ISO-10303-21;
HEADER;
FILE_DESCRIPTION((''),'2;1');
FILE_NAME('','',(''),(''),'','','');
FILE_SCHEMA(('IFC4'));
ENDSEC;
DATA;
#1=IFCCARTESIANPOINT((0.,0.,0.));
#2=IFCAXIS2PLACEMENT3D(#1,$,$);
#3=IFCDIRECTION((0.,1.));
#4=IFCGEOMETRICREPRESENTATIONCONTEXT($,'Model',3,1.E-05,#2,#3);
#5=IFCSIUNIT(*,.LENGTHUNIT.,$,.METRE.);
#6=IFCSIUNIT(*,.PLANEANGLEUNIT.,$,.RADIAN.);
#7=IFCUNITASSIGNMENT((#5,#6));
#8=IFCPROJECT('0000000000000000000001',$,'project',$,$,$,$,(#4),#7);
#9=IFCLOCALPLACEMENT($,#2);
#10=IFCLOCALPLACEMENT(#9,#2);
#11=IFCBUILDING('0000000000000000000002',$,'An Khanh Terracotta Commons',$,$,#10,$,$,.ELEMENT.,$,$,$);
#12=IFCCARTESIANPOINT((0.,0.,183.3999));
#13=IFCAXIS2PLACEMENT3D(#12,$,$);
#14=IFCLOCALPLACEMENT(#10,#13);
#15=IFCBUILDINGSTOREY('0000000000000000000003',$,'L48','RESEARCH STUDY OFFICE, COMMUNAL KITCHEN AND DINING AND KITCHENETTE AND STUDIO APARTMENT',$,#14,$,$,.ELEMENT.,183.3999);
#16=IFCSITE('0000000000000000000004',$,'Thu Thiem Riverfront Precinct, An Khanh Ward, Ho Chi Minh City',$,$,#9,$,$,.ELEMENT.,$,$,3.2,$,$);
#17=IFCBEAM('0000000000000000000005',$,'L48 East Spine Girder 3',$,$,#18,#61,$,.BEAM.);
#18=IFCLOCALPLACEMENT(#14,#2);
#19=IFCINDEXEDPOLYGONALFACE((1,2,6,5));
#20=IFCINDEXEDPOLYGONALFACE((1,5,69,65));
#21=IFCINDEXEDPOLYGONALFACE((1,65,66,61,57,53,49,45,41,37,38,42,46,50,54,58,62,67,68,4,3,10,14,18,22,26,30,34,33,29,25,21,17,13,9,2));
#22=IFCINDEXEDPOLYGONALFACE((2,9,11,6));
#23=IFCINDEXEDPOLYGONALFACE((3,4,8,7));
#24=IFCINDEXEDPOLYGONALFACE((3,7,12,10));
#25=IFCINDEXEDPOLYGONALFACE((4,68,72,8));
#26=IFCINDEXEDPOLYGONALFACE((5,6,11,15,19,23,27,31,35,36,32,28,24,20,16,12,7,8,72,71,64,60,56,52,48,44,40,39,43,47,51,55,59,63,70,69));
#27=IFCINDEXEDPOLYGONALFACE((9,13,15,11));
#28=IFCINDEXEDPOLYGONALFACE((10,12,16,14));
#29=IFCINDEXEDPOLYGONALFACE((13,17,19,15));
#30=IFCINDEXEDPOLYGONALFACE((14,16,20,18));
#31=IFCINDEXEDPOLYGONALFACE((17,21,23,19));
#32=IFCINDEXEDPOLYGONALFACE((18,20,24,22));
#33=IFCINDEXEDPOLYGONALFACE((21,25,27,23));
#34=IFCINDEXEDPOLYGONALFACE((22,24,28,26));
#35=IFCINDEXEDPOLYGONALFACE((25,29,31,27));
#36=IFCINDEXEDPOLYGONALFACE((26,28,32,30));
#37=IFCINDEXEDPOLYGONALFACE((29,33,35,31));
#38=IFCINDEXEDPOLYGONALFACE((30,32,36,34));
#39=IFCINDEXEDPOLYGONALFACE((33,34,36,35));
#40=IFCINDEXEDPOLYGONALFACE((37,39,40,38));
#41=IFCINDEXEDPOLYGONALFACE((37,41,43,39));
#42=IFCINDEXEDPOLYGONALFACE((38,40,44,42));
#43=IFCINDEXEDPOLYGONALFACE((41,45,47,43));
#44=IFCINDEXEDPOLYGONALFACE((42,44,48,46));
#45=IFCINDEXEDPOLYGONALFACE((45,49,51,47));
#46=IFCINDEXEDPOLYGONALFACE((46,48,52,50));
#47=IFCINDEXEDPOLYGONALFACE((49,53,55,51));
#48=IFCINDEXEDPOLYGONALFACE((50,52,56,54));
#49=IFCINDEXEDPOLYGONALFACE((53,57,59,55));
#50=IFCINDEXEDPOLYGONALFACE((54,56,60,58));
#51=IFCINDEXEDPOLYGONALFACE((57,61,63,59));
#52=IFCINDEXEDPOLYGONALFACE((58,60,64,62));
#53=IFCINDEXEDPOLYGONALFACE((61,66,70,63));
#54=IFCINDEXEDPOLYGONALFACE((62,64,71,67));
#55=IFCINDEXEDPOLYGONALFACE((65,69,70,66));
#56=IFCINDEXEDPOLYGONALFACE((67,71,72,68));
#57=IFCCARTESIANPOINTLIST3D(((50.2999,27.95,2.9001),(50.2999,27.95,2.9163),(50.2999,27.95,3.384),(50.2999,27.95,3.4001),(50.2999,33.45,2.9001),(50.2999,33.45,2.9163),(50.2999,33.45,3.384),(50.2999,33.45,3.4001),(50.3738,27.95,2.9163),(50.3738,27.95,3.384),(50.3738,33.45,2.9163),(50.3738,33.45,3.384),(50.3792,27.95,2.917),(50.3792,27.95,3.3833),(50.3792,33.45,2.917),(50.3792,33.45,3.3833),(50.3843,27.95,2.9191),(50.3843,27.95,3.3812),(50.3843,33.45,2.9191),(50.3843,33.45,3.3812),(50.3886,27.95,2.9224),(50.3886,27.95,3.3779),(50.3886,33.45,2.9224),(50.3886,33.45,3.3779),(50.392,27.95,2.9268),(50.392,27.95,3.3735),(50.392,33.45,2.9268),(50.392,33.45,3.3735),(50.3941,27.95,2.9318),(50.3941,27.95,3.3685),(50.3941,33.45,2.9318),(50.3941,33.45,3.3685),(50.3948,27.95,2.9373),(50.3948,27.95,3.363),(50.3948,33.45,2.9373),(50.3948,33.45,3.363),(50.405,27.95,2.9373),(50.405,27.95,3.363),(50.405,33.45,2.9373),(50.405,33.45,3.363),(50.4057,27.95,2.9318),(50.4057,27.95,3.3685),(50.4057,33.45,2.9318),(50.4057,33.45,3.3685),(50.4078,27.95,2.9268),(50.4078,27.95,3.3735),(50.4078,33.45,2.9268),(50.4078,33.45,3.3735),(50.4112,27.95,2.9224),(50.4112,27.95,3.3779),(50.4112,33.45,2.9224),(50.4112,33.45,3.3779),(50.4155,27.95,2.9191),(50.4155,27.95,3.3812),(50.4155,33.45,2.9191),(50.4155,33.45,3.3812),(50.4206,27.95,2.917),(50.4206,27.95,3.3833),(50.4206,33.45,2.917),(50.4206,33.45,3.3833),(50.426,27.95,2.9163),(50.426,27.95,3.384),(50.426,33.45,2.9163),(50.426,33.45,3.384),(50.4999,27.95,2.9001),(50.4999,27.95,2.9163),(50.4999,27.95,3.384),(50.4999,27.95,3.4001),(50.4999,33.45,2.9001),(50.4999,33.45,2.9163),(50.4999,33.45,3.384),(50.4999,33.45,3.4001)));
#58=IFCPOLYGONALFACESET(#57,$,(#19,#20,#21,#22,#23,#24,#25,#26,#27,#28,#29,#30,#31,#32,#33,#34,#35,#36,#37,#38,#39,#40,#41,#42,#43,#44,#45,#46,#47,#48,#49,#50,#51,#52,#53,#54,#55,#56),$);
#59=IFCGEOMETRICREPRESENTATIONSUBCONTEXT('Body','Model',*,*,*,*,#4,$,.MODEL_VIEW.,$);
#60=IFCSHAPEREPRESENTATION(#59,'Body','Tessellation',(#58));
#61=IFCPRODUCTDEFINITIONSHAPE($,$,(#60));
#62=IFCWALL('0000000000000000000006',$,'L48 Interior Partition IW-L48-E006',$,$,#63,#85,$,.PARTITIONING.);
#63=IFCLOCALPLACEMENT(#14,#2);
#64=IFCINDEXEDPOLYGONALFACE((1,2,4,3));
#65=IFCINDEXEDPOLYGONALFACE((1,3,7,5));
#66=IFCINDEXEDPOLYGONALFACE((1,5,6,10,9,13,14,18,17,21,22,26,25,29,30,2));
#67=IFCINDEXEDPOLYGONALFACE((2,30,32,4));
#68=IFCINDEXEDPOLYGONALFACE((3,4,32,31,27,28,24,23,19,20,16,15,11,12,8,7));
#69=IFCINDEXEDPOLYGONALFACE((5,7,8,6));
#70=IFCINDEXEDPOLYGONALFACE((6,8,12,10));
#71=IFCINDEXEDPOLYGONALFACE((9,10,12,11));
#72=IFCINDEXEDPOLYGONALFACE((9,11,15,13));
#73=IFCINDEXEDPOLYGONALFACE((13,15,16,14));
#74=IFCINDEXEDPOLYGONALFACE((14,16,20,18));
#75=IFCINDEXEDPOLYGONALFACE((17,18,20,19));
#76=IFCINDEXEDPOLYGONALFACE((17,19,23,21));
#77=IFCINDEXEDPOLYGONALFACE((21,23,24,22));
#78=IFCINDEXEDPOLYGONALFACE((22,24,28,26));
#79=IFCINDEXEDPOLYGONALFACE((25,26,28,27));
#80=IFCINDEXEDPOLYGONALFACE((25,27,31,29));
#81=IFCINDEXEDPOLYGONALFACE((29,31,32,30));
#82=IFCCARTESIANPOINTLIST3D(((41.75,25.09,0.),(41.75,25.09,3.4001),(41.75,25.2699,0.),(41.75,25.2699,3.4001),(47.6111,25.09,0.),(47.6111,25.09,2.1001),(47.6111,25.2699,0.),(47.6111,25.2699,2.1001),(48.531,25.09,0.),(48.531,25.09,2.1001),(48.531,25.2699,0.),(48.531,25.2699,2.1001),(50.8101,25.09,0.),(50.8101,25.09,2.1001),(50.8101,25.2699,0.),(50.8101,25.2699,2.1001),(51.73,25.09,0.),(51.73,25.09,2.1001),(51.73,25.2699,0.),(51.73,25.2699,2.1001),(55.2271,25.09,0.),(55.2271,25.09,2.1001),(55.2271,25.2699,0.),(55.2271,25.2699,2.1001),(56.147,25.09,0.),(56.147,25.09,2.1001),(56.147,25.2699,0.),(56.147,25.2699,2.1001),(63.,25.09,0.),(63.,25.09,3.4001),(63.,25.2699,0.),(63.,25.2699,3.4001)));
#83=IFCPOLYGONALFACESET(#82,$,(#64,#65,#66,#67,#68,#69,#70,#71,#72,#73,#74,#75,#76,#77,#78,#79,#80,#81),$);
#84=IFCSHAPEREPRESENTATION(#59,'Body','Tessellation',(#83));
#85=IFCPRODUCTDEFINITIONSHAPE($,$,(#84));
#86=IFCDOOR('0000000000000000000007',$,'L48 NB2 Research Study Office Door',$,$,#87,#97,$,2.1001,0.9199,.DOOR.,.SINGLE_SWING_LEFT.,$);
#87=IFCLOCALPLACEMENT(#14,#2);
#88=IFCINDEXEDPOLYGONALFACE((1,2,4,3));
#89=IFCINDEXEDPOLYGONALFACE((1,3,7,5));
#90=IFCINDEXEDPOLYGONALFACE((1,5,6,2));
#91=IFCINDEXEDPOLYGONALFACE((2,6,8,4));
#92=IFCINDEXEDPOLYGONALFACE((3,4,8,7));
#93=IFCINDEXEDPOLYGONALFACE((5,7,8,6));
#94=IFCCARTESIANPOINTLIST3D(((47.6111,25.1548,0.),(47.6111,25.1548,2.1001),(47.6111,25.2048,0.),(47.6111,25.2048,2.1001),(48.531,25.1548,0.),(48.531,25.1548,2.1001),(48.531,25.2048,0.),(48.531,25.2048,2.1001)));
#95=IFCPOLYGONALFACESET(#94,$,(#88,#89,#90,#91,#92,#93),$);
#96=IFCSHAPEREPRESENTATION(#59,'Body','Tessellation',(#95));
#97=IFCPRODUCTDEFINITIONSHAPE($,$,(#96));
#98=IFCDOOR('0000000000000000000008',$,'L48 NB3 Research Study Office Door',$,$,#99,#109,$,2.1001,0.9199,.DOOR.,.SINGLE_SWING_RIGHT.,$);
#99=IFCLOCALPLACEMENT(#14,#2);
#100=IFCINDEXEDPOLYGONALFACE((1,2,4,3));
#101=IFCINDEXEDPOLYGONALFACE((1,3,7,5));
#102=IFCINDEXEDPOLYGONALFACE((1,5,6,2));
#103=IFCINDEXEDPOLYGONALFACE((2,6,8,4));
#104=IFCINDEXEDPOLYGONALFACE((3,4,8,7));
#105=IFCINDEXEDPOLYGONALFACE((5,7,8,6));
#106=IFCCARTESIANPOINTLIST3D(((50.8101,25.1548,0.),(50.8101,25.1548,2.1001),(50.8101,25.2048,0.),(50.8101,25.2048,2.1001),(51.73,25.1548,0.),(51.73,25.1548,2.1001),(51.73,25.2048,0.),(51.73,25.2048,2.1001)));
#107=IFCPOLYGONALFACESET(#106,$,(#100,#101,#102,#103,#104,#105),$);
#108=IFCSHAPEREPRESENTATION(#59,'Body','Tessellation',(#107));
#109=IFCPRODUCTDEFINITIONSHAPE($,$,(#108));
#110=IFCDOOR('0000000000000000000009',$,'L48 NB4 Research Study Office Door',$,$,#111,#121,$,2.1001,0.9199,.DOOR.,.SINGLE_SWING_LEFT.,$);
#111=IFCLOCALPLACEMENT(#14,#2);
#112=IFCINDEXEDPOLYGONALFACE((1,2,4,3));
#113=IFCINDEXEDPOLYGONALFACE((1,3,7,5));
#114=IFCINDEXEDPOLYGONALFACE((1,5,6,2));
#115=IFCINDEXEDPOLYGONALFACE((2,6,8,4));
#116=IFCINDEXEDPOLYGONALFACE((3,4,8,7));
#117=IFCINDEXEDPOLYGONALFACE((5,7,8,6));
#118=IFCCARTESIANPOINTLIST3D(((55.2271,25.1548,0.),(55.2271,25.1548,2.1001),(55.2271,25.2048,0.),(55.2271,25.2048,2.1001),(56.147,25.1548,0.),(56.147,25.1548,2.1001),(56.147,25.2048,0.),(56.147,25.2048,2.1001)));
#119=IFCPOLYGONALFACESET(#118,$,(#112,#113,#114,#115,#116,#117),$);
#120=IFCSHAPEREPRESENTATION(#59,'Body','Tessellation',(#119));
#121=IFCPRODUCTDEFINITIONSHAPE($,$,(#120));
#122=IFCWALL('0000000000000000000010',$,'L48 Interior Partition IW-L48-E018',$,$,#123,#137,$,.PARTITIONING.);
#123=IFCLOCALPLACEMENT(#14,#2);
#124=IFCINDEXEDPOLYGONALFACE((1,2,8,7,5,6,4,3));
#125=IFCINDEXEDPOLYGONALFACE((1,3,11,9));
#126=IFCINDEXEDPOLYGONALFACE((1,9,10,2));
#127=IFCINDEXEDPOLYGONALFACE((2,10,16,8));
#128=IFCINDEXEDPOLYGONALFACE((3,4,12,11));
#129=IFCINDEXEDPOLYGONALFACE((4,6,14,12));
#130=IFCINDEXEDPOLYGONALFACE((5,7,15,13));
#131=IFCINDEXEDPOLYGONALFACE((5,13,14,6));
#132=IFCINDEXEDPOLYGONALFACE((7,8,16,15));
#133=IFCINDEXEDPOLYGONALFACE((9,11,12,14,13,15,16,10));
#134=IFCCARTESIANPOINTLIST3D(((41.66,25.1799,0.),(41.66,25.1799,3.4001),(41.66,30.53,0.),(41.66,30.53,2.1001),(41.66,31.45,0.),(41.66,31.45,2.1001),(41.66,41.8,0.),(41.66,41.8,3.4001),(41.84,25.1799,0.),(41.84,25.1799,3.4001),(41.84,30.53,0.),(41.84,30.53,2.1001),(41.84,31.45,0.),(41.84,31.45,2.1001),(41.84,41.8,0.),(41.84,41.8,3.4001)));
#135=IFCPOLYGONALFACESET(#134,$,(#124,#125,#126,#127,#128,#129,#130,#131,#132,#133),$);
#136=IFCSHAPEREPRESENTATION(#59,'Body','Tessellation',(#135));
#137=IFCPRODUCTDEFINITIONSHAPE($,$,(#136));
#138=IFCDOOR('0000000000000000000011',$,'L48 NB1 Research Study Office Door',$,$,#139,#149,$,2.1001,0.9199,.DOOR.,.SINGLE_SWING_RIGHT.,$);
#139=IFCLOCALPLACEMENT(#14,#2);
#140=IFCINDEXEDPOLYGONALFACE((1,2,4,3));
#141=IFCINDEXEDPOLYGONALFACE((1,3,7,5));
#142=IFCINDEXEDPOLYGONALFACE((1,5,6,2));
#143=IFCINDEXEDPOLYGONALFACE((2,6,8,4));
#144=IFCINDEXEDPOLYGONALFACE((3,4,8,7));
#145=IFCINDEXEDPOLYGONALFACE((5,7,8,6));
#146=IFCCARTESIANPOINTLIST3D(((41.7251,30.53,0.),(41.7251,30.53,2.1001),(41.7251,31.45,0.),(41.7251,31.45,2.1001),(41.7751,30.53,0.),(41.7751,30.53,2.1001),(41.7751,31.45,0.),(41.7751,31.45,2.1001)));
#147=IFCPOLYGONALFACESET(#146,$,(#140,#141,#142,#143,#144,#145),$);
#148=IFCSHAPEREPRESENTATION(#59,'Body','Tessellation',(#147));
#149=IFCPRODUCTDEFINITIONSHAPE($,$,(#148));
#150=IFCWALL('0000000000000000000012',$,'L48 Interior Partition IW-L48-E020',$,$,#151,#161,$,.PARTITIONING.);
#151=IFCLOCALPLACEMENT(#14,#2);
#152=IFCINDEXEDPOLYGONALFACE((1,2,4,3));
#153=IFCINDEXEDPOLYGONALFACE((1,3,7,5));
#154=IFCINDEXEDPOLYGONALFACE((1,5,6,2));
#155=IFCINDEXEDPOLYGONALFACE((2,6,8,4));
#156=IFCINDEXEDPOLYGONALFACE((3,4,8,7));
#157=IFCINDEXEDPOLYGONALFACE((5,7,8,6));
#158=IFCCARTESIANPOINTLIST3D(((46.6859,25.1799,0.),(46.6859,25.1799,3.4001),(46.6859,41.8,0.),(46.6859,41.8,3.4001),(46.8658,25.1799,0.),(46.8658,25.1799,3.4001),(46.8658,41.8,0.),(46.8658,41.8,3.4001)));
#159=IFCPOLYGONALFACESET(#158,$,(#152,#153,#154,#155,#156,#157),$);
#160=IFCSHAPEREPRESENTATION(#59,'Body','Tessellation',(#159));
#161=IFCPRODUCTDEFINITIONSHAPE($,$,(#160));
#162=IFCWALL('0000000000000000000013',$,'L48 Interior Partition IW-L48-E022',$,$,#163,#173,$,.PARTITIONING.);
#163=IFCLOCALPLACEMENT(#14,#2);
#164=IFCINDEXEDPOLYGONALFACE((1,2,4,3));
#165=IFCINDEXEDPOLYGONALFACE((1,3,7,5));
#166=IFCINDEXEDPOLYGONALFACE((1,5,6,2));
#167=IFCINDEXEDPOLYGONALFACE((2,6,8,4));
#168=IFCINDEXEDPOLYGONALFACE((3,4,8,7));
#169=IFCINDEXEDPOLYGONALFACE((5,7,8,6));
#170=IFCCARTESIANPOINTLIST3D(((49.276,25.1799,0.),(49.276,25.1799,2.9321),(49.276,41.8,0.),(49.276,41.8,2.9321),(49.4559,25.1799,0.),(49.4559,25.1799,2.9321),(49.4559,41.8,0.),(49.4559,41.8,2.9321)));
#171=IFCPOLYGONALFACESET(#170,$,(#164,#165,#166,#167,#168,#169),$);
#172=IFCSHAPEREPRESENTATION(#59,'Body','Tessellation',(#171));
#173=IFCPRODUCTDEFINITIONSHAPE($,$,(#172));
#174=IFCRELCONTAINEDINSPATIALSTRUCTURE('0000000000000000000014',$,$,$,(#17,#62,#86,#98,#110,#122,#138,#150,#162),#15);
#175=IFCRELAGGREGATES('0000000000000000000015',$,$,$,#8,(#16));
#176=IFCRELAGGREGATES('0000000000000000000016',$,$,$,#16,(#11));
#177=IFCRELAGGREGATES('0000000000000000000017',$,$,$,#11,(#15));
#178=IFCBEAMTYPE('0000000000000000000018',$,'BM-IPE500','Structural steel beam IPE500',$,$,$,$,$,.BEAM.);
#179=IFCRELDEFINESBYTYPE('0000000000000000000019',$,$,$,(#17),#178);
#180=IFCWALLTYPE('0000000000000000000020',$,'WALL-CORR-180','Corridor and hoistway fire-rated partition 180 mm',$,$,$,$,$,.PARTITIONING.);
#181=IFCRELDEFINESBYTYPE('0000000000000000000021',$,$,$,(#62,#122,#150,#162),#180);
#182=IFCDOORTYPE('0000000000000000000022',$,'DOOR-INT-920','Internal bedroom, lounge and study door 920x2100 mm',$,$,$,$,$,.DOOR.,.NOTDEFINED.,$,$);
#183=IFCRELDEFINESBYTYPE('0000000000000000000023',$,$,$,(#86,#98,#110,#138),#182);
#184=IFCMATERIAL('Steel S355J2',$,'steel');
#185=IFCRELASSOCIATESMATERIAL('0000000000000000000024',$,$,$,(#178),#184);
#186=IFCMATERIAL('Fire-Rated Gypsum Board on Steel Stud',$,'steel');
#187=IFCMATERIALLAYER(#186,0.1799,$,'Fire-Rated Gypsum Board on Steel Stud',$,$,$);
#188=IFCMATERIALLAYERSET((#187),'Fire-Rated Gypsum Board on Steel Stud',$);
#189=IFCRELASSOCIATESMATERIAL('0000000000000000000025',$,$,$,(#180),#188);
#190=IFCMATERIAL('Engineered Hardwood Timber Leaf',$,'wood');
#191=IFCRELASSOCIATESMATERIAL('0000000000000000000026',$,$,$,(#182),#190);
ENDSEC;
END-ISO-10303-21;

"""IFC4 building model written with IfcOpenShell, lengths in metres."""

from ifc_helpers import new_model, si_unit, direction, frame, frame_2d, origin, origin_2d, place, context, subcontext, project, spatial, rectangle, i_section, extrude, material, layer, layer_set, material_profile, profile_set, type_object, element, fill, save


model = new_model("IFC4")

# Units and contexts
model_context = context("Model", 3, precision=1e-05, world=origin(), true_north=direction((0.0, 1.0)))
body_context = subcontext(model_context, "Body", "Model", "MODEL_VIEW")
ifc_project = project(units=[si_unit("LENGTHUNIT", "METRE"), si_unit("PLANEANGLEUNIT", "RADIAN")], contexts=[model_context])

# Site, building, storey
site_placement = place(None, origin())
site = spatial("IfcSite", under=ifc_project, at=site_placement, Name="Thu Thiem Riverfront Precinct, An Khanh Ward, Ho Chi Minh City", CompositionType="ELEMENT", RefElevation=3.2)
building_placement = place(site_placement, origin())
building = spatial("IfcBuilding", under=site, at=building_placement, Name="An Khanh Terracotta Commons", CompositionType="ELEMENT")
storey_placement = place(building_placement, frame((0.0, 0.0, 183.3999)))
storey = spatial("IfcBuildingStorey", under=building, at=storey_placement, Name="L48", Description="RESEARCH STUDY OFFICE, COMMUNAL KITCHEN AND DINING AND KITCHENETTE AND STUDIO APARTMENT", CompositionType="ELEMENT", Elevation=183.3999)

# Beam
ifc_material_1 = material(Name="Steel S355J2", Category="steel")
ifc_material_profile_1 = material_profile(ifc_material_1, i_section(OverallWidth=0.2, OverallDepth=0.5, WebThickness=0.0103, FlangeThickness=0.0161, FilletRadius=0.021, at=origin_2d()), Name="IPE500")
ifc_profile_set_1 = profile_set([ifc_material_profile_1], Name="Steel S355J2")
beam_type_1 = type_object("IfcBeamType", Name="BM-IPE500", Description="Structural steel beam IPE500", PredefinedType="BEAM", material=ifc_profile_set_1)
beam_1_placement = place(storey_placement, frame((50.3999, 27.95, 3.1501), z_axis=(0.0, 1.0, 0.0), x_axis=(-1.0, 0.0, 0.0)))
element("IfcBeam", 1, at=beam_1_placement, inside=storey, type_object=beam_type_1, Name="L48 East Spine Girder 3", PredefinedType="BEAM", context=body_context, shape_type="SweptSolid", body=[
    extrude(i_section(OverallWidth=0.2, OverallDepth=0.5, WebThickness=0.0103, FlangeThickness=0.0161, FilletRadius=0.021, at=origin_2d()), origin(), (0.0, 0.0, 1.0), 5.5),
])

# Wall, openings, doors
ifc_material_2 = material(Name="Fire-Rated Gypsum Board on Steel Stud", Category="steel")
ifc_layer = layer(ifc_material_2, 0.1799, Name="Fire-Rated Gypsum Board on Steel Stud")
ifc_layer_set = layer_set([ifc_layer], Name="Fire-Rated Gypsum Board on Steel Stud")
wall_type = type_object("IfcWallType", Name="WALL-CORR-180", Description="Corridor and hoistway fire-rated partition 180 mm", PredefinedType="PARTITIONING", material=ifc_layer_set)
wall_1_placement = place(storey_placement, frame((41.75, 25.1799, 0.0), z_axis=(0.0, 0.0, 1.0), x_axis=(1.0, 0.0, 0.0)))
wall_1 = element("IfcWall", 2, at=wall_1_placement, inside=storey, type_object=wall_type, Name="L48 Interior Partition IW-L48-E006", PredefinedType="PARTITIONING", context=body_context, shape_type="SweptSolid", body=[
    extrude(rectangle(XDim=21.25, YDim=0.1799, at=frame_2d((10.625, 0.0))), origin(), (0.0, 0.0, 1.0), 3.4001),
])
opening_1_placement = place(wall_1_placement, frame((5.8611, 0.0, 0.0)))
opening_1 = element("IfcOpeningElement", 3, at=opening_1_placement, cuts=wall_1, PredefinedType="OPENING", context=body_context, shape_type="SweptSolid", body=[
    extrude(rectangle(XDim=0.9199, YDim=2.1001, at=frame_2d((0.46, 1.05))), frame((0.0, 0.0999, 0.0), z_axis=(0.0, -1.0, 0.0), x_axis=(1.0, 0.0, 0.0)), (0.0, 0.0, 1.0), 0.2),
])
opening_2_placement = place(wall_1_placement, frame((9.0601, 0.0, 0.0)))
opening_2 = element("IfcOpeningElement", 4, at=opening_2_placement, cuts=wall_1, PredefinedType="OPENING", context=body_context, shape_type="SweptSolid", body=[
    extrude(rectangle(XDim=0.9199, YDim=2.1001, at=frame_2d((0.46, 1.05))), frame((0.0, 0.0999, 0.0), z_axis=(0.0, -1.0, 0.0), x_axis=(1.0, 0.0, 0.0)), (0.0, 0.0, 1.0), 0.2),
])
opening_3_placement = place(wall_1_placement, frame((13.4771, 0.0, 0.0)))
opening_3 = element("IfcOpeningElement", 5, at=opening_3_placement, cuts=wall_1, PredefinedType="OPENING", context=body_context, shape_type="SweptSolid", body=[
    extrude(rectangle(XDim=0.9199, YDim=2.1001, at=frame_2d((0.46, 1.05))), frame((0.0, 0.0999, 0.0), z_axis=(0.0, -1.0, 0.0), x_axis=(1.0, 0.0, 0.0)), (0.0, 0.0, 1.0), 0.2),
])
ifc_material_3 = material(Name="Engineered Hardwood Timber Leaf", Category="wood")
door_type = type_object("IfcDoorType", Name="DOOR-INT-920", Description="Internal bedroom, lounge and study door 920x2100 mm", OperationType="NOTDEFINED", PredefinedType="DOOR", material=ifc_material_3)
door_1_placement = place(opening_1_placement, origin())
door_1 = element("IfcDoor", 6, at=door_1_placement, inside=storey, type_object=door_type, Name="L48 NB2 Research Study Office Door", OperationType="SINGLE_SWING_LEFT", OverallHeight=2.1001, OverallWidth=0.9199, PredefinedType="DOOR", context=body_context, shape_type="SweptSolid", body=[
    extrude(rectangle(XDim=0.9199, YDim=2.1001, at=frame_2d((0.46, 1.05))), frame((0.0, 0.0249, 0.0), z_axis=(0.0, -1.0, 0.0), x_axis=(1.0, 0.0, 0.0)), (0.0, 0.0, 1.0), 0.05),
])
fill(opening_1, door_1)
door_2_placement = place(opening_2_placement, origin())
door_2 = element("IfcDoor", 7, at=door_2_placement, inside=storey, type_object=door_type, Name="L48 NB3 Research Study Office Door", OperationType="SINGLE_SWING_RIGHT", OverallHeight=2.1001, OverallWidth=0.9199, PredefinedType="DOOR", context=body_context, shape_type="SweptSolid", body=[
    extrude(rectangle(XDim=0.9199, YDim=2.1001, at=frame_2d((0.46, 1.05))), frame((0.0, 0.0249, 0.0), z_axis=(0.0, -1.0, 0.0), x_axis=(1.0, 0.0, 0.0)), (0.0, 0.0, 1.0), 0.05),
])
fill(opening_2, door_2)
door_3_placement = place(opening_3_placement, origin())
door_3 = element("IfcDoor", 8, at=door_3_placement, inside=storey, type_object=door_type, Name="L48 NB4 Research Study Office Door", OperationType="SINGLE_SWING_LEFT", OverallHeight=2.1001, OverallWidth=0.9199, PredefinedType="DOOR", context=body_context, shape_type="SweptSolid", body=[
    extrude(rectangle(XDim=0.9199, YDim=2.1001, at=frame_2d((0.46, 1.05))), frame((0.0, 0.0249, 0.0), z_axis=(0.0, -1.0, 0.0), x_axis=(1.0, 0.0, 0.0)), (0.0, 0.0, 1.0), 0.05),
])
fill(opening_3, door_3)

# Wall, opening, door
wall_2_placement = place(storey_placement, frame((41.75, 25.1799, 0.0), z_axis=(0.0, 0.0, 1.0), x_axis=(0.0, 1.0, 0.0)))
wall_2 = element("IfcWall", 9, at=wall_2_placement, inside=storey, type_object=wall_type, Name="L48 Interior Partition IW-L48-E018", PredefinedType="PARTITIONING", context=body_context, shape_type="SweptSolid", body=[
    extrude(rectangle(XDim=16.6201, YDim=0.1799, at=frame_2d((8.3101, 0.0))), origin(), (0.0, 0.0, 1.0), 3.4001),
])
opening_4_placement = place(wall_2_placement, frame((5.3501, 0.0, 0.0)))
opening_4 = element("IfcOpeningElement", 10, at=opening_4_placement, cuts=wall_2, PredefinedType="OPENING", context=body_context, shape_type="SweptSolid", body=[
    extrude(rectangle(XDim=0.9199, YDim=2.1001, at=frame_2d((0.46, 1.05))), frame((0.0, 0.0999, 0.0), z_axis=(0.0, -1.0, 0.0), x_axis=(1.0, 0.0, 0.0)), (0.0, 0.0, 1.0), 0.2),
])
door_4_placement = place(opening_4_placement, origin())
door_4 = element("IfcDoor", 11, at=door_4_placement, inside=storey, type_object=door_type, Name="L48 NB1 Research Study Office Door", OperationType="SINGLE_SWING_RIGHT", OverallHeight=2.1001, OverallWidth=0.9199, PredefinedType="DOOR", context=body_context, shape_type="SweptSolid", body=[
    extrude(rectangle(XDim=0.9199, YDim=2.1001, at=frame_2d((0.46, 1.05))), frame((0.0, 0.0249, 0.0), z_axis=(0.0, -1.0, 0.0), x_axis=(1.0, 0.0, 0.0)), (0.0, 0.0, 1.0), 0.05),
])
fill(opening_4, door_4)

# Walls
wall_3_placement = place(storey_placement, frame((46.7759, 25.1799, 0.0), z_axis=(0.0, 0.0, 1.0), x_axis=(0.0, 1.0, 0.0)))
element("IfcWall", 12, at=wall_3_placement, inside=storey, type_object=wall_type, Name="L48 Interior Partition IW-L48-E020", PredefinedType="PARTITIONING", context=body_context, shape_type="SweptSolid", body=[
    extrude(rectangle(XDim=16.6201, YDim=0.1799, at=frame_2d((8.3101, 0.0))), origin(), (0.0, 0.0, 1.0), 3.4001),
])
wall_4_placement = place(storey_placement, frame((49.366, 25.1799, 0.0), z_axis=(0.0, 0.0, 1.0), x_axis=(0.0, 1.0, 0.0)))
element("IfcWall", 13, at=wall_4_placement, inside=storey, type_object=wall_type, Name="L48 Interior Partition IW-L48-E022", PredefinedType="PARTITIONING", context=body_context, shape_type="SweptSolid", body=[
    extrude(rectangle(XDim=16.6201, YDim=0.1799, at=frame_2d((8.3101, 0.0))), origin(), (0.0, 0.0, 1.0), 2.9321),
])

save(model, "model.ifc")
